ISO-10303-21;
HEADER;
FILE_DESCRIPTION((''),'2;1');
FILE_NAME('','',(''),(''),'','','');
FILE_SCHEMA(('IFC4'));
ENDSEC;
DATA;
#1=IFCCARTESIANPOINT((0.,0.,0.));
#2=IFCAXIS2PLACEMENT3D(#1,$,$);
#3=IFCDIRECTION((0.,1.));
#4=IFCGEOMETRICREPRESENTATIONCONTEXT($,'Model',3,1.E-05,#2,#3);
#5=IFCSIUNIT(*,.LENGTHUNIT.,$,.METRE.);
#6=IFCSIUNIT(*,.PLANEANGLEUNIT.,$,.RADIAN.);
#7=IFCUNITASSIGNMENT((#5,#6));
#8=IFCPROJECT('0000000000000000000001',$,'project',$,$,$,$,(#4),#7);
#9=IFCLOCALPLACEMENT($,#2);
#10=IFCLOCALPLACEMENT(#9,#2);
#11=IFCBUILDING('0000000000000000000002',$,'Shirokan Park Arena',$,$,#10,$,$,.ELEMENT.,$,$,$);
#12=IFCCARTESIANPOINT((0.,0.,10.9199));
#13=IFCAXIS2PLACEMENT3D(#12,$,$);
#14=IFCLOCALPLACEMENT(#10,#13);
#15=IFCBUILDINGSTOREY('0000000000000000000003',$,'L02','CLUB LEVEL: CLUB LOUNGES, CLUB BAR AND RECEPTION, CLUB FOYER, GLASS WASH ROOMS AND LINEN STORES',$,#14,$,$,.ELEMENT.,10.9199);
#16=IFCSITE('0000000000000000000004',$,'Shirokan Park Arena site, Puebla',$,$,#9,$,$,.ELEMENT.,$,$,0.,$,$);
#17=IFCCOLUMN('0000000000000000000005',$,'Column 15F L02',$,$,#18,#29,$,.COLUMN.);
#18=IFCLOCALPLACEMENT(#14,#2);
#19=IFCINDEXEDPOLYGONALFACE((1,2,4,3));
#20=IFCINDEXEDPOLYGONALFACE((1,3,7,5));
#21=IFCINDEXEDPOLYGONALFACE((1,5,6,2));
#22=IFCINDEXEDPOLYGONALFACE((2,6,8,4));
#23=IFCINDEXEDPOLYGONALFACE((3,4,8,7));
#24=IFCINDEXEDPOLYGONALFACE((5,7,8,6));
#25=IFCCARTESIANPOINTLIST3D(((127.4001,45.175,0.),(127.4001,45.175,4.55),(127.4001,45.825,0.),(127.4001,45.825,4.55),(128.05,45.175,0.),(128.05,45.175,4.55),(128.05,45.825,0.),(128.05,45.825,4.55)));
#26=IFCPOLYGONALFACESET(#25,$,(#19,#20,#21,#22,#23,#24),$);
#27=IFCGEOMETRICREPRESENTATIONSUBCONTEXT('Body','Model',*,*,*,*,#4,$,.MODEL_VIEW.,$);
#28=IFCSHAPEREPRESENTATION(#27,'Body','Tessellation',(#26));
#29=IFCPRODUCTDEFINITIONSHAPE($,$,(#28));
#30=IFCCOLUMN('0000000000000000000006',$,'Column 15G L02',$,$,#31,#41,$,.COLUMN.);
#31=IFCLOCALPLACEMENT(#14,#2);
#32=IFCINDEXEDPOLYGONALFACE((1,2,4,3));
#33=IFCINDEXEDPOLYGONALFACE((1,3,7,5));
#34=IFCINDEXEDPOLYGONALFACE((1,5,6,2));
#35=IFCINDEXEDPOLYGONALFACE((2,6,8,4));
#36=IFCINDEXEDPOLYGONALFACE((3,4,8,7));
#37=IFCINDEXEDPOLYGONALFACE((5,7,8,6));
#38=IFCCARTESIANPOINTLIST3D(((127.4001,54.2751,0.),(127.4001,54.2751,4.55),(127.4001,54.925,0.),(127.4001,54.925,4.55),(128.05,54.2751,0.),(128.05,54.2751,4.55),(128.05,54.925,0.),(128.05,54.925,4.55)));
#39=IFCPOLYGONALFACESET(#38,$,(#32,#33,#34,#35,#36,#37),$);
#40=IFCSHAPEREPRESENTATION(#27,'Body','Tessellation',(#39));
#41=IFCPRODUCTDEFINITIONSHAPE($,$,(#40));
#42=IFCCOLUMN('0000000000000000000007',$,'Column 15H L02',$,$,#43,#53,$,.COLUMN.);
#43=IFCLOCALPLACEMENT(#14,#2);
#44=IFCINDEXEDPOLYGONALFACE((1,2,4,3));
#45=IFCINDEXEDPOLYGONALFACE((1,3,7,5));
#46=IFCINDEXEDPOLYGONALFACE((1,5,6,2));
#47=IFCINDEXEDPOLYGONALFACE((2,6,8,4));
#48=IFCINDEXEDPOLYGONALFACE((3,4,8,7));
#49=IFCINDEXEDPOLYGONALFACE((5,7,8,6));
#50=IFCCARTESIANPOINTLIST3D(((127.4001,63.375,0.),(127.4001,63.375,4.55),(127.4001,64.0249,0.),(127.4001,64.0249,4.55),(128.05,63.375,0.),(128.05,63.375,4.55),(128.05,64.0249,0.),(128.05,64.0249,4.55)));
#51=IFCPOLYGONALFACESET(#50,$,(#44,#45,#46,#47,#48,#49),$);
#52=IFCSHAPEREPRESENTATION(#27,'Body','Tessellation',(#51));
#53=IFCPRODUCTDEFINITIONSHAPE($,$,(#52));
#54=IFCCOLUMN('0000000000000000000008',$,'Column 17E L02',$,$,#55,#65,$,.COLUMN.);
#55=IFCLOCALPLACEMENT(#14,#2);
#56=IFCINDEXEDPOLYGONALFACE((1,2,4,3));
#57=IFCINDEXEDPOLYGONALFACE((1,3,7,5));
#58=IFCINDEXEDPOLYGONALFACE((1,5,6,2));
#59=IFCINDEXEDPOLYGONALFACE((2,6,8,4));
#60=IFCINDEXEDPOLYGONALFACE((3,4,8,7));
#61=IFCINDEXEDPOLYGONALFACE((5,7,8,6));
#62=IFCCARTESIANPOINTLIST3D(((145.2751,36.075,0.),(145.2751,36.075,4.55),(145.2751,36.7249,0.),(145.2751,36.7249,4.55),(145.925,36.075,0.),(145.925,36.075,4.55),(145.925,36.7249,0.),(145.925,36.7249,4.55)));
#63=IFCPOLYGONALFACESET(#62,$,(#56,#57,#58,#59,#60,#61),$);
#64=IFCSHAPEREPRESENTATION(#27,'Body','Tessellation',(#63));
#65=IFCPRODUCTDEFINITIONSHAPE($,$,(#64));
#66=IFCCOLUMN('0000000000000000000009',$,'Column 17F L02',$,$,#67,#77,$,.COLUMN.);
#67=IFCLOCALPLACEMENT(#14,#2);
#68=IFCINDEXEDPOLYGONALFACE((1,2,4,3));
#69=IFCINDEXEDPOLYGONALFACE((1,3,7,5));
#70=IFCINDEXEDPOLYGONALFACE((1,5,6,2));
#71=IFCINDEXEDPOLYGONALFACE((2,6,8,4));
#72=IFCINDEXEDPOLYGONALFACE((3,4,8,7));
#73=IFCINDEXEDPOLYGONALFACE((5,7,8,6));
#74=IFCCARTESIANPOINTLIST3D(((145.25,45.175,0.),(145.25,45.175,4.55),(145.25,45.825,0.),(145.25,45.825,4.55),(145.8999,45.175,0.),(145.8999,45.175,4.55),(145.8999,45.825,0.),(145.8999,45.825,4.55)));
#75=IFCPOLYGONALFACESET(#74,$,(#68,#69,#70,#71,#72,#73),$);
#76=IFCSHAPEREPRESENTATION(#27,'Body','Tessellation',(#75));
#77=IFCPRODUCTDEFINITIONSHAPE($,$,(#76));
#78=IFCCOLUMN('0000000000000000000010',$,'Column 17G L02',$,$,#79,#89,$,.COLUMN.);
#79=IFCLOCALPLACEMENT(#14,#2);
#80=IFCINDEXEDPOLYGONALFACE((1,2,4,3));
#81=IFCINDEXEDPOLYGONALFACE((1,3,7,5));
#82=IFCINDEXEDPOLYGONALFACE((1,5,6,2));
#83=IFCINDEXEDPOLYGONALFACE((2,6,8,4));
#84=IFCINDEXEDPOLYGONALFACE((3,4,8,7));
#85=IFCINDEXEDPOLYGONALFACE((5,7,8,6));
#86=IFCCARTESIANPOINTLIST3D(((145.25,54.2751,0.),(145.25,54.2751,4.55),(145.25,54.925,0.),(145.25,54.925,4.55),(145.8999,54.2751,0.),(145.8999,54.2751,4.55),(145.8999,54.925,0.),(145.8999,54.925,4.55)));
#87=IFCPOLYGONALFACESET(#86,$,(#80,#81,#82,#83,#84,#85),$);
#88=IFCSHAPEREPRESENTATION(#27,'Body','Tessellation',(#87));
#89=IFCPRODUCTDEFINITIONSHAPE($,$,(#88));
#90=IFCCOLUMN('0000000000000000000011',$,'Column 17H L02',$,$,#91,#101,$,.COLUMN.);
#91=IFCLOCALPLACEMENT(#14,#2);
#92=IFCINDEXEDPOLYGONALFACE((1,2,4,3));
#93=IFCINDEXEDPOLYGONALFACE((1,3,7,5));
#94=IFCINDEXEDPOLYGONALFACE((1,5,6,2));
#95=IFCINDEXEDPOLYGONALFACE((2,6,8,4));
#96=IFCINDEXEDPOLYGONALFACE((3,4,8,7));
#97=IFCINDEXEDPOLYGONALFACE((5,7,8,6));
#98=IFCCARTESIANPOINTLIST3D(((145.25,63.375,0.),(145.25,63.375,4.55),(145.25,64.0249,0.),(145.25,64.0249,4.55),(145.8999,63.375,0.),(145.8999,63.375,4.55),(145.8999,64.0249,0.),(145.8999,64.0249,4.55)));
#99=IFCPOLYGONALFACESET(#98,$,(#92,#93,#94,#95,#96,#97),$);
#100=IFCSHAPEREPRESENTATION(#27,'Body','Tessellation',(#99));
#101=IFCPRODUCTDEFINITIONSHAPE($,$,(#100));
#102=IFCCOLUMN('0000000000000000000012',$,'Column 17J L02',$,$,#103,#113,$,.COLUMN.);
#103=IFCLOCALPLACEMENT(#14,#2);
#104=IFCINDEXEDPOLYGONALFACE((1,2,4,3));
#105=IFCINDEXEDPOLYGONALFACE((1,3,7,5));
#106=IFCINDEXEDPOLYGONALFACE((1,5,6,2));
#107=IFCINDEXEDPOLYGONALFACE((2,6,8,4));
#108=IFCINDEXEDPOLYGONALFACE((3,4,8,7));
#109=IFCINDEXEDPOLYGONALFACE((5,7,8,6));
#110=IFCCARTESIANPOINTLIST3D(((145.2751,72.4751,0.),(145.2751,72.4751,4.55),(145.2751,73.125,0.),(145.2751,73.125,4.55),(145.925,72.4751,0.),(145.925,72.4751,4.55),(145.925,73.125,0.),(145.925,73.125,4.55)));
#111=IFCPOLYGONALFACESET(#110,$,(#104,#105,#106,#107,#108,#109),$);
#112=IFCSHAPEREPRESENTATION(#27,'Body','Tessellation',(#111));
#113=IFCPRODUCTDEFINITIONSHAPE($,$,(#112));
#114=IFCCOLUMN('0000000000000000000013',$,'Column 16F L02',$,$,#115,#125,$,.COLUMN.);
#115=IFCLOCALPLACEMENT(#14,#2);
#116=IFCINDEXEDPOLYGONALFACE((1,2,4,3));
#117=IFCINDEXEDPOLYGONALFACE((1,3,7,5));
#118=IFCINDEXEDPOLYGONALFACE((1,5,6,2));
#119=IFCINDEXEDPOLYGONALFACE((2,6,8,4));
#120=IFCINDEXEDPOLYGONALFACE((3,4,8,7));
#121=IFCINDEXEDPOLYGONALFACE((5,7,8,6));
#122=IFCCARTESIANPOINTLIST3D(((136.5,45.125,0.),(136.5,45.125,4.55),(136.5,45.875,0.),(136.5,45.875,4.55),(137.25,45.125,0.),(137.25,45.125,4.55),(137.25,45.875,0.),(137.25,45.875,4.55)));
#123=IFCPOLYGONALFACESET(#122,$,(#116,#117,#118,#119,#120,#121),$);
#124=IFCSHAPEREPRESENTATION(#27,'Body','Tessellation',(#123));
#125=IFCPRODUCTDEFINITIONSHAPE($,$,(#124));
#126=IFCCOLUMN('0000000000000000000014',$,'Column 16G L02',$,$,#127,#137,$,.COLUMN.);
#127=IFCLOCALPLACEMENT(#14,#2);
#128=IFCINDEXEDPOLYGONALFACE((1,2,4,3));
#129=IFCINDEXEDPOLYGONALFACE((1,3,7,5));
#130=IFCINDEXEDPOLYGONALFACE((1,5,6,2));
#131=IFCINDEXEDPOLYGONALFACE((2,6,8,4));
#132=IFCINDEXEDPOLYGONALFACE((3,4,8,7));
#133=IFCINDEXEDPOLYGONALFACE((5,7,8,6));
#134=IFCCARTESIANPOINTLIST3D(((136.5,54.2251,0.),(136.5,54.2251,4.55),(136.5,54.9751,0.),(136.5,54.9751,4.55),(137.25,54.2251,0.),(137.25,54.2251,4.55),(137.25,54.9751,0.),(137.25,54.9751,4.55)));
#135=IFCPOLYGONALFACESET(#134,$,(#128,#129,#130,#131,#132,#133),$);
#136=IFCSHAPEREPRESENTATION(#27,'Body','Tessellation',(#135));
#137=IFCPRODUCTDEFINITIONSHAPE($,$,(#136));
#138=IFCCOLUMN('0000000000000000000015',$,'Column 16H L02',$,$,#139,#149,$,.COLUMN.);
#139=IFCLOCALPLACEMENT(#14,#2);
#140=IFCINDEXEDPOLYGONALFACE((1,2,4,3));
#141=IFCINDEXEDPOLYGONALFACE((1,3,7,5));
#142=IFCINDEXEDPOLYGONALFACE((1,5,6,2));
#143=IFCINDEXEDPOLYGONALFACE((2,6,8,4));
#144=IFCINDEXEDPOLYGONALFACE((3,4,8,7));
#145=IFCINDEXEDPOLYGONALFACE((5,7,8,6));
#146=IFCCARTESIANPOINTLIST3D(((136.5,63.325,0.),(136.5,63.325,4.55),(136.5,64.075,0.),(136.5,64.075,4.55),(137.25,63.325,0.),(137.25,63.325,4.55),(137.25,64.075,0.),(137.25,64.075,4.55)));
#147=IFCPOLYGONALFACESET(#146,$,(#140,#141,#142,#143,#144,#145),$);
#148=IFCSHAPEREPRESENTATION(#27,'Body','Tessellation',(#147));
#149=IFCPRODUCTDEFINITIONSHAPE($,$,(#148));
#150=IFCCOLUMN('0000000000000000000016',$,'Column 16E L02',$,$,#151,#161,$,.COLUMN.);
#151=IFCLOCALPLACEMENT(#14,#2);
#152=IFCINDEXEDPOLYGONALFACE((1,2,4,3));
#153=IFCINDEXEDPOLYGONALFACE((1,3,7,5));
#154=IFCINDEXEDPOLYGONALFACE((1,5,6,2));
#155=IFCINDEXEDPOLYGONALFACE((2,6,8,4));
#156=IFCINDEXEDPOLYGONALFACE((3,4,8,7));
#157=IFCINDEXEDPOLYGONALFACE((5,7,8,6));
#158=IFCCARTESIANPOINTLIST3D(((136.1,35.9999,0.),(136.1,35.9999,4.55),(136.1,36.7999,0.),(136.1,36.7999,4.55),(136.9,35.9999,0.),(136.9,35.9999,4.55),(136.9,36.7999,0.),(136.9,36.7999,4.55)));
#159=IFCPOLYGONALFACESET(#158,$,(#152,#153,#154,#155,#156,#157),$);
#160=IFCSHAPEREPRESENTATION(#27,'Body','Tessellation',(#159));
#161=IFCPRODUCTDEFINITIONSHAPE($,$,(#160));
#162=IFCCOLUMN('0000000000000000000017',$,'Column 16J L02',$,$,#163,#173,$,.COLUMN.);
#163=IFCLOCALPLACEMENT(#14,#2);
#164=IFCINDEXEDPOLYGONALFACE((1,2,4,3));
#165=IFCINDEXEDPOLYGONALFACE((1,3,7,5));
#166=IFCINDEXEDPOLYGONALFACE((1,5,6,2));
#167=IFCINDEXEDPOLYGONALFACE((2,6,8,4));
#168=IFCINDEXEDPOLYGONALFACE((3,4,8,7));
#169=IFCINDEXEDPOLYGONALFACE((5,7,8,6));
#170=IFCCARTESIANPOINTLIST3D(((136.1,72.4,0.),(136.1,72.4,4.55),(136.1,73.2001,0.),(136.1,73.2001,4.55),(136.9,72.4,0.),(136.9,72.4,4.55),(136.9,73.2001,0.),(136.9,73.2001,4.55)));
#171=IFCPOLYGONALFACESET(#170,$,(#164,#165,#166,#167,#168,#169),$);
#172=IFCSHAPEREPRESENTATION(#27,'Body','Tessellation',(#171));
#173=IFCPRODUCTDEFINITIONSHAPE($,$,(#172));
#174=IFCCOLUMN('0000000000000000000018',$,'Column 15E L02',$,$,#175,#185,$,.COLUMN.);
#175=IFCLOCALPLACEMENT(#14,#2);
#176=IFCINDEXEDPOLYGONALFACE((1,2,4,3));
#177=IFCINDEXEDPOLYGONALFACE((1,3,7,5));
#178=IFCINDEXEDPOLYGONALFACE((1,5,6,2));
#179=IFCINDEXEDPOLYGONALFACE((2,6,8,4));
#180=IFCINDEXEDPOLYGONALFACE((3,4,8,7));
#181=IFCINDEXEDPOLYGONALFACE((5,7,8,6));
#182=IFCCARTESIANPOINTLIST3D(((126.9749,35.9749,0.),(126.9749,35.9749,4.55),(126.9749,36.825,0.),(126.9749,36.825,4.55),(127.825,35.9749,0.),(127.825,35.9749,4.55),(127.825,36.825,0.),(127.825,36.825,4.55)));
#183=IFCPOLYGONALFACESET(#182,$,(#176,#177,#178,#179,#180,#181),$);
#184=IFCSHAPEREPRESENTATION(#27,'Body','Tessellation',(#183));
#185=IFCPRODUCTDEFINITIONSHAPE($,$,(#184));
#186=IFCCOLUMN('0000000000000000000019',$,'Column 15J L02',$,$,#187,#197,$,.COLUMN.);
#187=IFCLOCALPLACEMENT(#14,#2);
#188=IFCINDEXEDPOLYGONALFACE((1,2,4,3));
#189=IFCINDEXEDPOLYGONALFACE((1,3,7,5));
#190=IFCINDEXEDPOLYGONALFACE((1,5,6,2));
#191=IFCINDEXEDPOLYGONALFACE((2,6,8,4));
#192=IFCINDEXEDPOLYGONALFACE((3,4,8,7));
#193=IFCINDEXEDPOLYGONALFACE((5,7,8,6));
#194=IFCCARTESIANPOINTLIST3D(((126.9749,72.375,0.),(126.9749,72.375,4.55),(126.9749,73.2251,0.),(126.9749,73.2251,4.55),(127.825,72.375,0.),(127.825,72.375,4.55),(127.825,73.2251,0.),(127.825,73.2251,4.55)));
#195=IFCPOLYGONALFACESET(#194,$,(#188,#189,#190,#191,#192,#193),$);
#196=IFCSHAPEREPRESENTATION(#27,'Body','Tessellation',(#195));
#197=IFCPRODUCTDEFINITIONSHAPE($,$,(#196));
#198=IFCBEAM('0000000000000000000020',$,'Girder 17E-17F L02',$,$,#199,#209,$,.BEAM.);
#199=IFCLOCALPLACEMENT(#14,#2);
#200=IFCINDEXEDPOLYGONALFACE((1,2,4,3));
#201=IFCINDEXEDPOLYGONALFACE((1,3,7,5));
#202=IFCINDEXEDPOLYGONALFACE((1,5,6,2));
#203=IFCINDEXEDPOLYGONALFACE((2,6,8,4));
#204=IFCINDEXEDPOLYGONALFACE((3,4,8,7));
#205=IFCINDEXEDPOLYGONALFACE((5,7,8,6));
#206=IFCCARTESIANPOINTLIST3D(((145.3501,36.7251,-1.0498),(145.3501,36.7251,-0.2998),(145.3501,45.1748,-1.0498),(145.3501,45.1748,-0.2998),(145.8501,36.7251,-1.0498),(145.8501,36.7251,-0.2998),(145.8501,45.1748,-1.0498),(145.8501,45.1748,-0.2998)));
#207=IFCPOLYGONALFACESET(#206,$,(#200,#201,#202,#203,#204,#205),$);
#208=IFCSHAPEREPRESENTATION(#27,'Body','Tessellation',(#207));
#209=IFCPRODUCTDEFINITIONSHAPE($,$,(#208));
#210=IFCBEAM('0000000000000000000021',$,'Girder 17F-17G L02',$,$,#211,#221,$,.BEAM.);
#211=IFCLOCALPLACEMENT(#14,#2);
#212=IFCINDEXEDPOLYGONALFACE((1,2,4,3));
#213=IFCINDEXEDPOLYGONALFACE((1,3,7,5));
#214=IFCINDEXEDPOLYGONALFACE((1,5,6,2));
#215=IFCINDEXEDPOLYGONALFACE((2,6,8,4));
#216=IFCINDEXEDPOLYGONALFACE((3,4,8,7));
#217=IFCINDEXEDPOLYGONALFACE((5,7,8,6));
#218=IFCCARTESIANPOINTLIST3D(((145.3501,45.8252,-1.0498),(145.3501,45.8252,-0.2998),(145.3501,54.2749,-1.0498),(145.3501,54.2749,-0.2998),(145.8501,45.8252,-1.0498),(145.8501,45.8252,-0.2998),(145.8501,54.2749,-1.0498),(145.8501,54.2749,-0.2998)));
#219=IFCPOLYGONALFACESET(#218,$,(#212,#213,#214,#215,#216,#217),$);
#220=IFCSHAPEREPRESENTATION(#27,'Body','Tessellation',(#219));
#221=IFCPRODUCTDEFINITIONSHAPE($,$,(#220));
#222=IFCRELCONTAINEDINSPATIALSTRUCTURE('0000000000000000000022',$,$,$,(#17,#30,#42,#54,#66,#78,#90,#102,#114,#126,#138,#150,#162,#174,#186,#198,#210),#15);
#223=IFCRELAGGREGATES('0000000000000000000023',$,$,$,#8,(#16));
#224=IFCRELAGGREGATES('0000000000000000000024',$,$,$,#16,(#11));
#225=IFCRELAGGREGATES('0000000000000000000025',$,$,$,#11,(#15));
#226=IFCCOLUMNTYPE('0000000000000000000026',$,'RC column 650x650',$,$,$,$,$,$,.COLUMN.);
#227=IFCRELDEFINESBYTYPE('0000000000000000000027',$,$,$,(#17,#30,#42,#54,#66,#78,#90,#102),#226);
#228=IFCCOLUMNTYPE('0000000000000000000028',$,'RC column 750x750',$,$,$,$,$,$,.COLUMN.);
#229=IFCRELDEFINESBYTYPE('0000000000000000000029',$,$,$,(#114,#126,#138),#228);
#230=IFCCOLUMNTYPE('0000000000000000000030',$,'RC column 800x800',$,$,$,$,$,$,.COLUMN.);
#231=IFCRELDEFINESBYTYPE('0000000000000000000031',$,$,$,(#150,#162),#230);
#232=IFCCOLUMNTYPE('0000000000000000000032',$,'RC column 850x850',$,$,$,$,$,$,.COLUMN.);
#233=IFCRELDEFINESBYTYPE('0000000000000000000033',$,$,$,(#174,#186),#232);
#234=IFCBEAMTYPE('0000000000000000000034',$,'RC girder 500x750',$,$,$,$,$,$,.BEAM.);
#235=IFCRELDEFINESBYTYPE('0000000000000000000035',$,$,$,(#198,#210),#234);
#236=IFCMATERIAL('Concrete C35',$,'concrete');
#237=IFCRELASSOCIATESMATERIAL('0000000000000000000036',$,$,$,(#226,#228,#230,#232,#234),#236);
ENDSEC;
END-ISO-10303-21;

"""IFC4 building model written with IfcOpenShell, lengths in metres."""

from ifc_helpers import new_model, si_unit, direction, frame, origin, origin_2d, place, context, subcontext, project, spatial, rectangle, extrude, material, material_profile, profile_set, type_object, element, save


model = new_model("IFC4")

# Units and contexts
model_context = context("Model", 3, precision=1e-05, world=origin(), true_north=direction((0.0, 1.0)))
body_context = subcontext(model_context, "Body", "Model", "MODEL_VIEW")
ifc_project = project(units=[si_unit("LENGTHUNIT", "METRE"), si_unit("PLANEANGLEUNIT", "RADIAN")], contexts=[model_context])

# Site, building, storey
site_placement = place(None, origin())
site = spatial("IfcSite", under=ifc_project, at=site_placement, Name="Shirokan Park Arena site, Puebla", CompositionType="ELEMENT", RefElevation=0.0)
building_placement = place(site_placement, origin())
building = spatial("IfcBuilding", under=site, at=building_placement, Name="Shirokan Park Arena", CompositionType="ELEMENT")
storey_placement = place(building_placement, frame((0.0, 0.0, 10.9199)))
storey = spatial("IfcBuildingStorey", under=building, at=storey_placement, Name="L02", Description="CLUB LEVEL: CLUB LOUNGES, CLUB BAR AND RECEPTION, CLUB FOYER, GLASS WASH ROOMS AND LINEN STORES", CompositionType="ELEMENT", Elevation=10.9199)

# Columns
ifc_material_1 = material(Name="Concrete C35", Category="concrete")
ifc_material_profile_1 = material_profile(ifc_material_1, rectangle(XDim=0.6499, YDim=0.6499, at=origin_2d()), Name="650x650")
ifc_profile_set_1 = profile_set([ifc_material_profile_1], Name="Concrete C35")
column_type_1 = type_object("IfcColumnType", Name="RC column 650x650", PredefinedType="COLUMN", material=ifc_profile_set_1)
for number, where, z_axis, x_axis, name in (
    (1, (127.7251, 45.5, 0.0), (0.0, 0.0, 1.0), (1.0, 0.0, 0.0), "Column 15F L02"),
    (2, (127.7251, 54.6001, 0.0), (0.0, 0.0, 1.0), (1.0, 0.0, 0.0), "Column 15G L02"),
    (3, (127.7251, 63.7, 0.0), (0.0, 0.0, 1.0), (1.0, 0.0, 0.0), "Column 15H L02"),
    (4, (145.6001, 36.3999, 0.0), (0.0, 0.0, 1.0), (1.0, 0.0, 0.0), "Column 17E L02"),
    (5, (145.575, 45.5, 0.0), (0.0, 0.0, 1.0), (1.0, 0.0, 0.0), "Column 17F L02"),
    (6, (145.575, 54.6001, 0.0), (0.0, 0.0, 1.0), (1.0, 0.0, 0.0), "Column 17G L02"),
    (7, (145.575, 63.7, 0.0), (0.0, 0.0, 1.0), (1.0, 0.0, 0.0), "Column 17H L02"),
    (8, (145.6001, 72.8, 0.0), (0.0, 0.0, 1.0), (1.0, 0.0, 0.0), "Column 17J L02"),
):
    element("IfcColumn", number, at=place(storey_placement, frame(where, z_axis=z_axis, x_axis=x_axis)), inside=storey, type_object=column_type_1, Name=name, PredefinedType="COLUMN", context=body_context, shape_type="SweptSolid", body=[
        extrude(rectangle(XDim=0.6499, YDim=0.6499, at=origin_2d()), origin(), (0.0, 0.0, 1.0), 4.55),
    ])
ifc_material_profile_2 = material_profile(ifc_material_1, rectangle(XDim=0.75, YDim=0.75, at=origin_2d()), Name="750x750")
ifc_profile_set_2 = profile_set([ifc_material_profile_2], Name="Concrete C35")
column_type_2 = type_object("IfcColumnType", Name="RC column 750x750", PredefinedType="COLUMN", material=ifc_profile_set_2)
for number, where, z_axis, x_axis, name in (
    (9, (136.875, 45.5, 0.0), (0.0, 0.0, 1.0), (1.0, 0.0, 0.0), "Column 16F L02"),
    (10, (136.875, 54.6001, 0.0), (0.0, 0.0, 1.0), (1.0, 0.0, 0.0), "Column 16G L02"),
    (11, (136.875, 63.7, 0.0), (0.0, 0.0, 1.0), (1.0, 0.0, 0.0), "Column 16H L02"),
):
    element("IfcColumn", number, at=place(storey_placement, frame(where, z_axis=z_axis, x_axis=x_axis)), inside=storey, type_object=column_type_2, Name=name, PredefinedType="COLUMN", context=body_context, shape_type="SweptSolid", body=[
        extrude(rectangle(XDim=0.75, YDim=0.75, at=origin_2d()), origin(), (0.0, 0.0, 1.0), 4.55),
    ])
ifc_material_profile_3 = material_profile(ifc_material_1, rectangle(XDim=0.8, YDim=0.8, at=origin_2d()), Name="800x800")
ifc_profile_set_3 = profile_set([ifc_material_profile_3], Name="Concrete C35")
column_type_3 = type_object("IfcColumnType", Name="RC column 800x800", PredefinedType="COLUMN", material=ifc_profile_set_3)
for number, where, z_axis, x_axis, name in (
    (12, (136.5, 36.3999, 0.0), (0.0, 0.0, 1.0), (1.0, 0.0, 0.0), "Column 16E L02"),
    (13, (136.5, 72.8, 0.0), (0.0, 0.0, 1.0), (1.0, 0.0, 0.0), "Column 16J L02"),
):
    element("IfcColumn", number, at=place(storey_placement, frame(where, z_axis=z_axis, x_axis=x_axis)), inside=storey, type_object=column_type_3, Name=name, PredefinedType="COLUMN", context=body_context, shape_type="SweptSolid", body=[
        extrude(rectangle(XDim=0.8, YDim=0.8, at=origin_2d()), origin(), (0.0, 0.0, 1.0), 4.55),
    ])
ifc_material_profile_4 = material_profile(ifc_material_1, rectangle(XDim=0.8501, YDim=0.8501, at=origin_2d()), Name="850x850")
ifc_profile_set_4 = profile_set([ifc_material_profile_4], Name="Concrete C35")
column_type_4 = type_object("IfcColumnType", Name="RC column 850x850", PredefinedType="COLUMN", material=ifc_profile_set_4)
for number, where, z_axis, x_axis, name in (
    (14, (127.3999, 36.3999, 0.0), (0.0, 0.0, 1.0), (1.0, 0.0, 0.0), "Column 15E L02"),
    (15, (127.3999, 72.8, 0.0), (0.0, 0.0, 1.0), (1.0, 0.0, 0.0), "Column 15J L02"),
):
    element("IfcColumn", number, at=place(storey_placement, frame(where, z_axis=z_axis, x_axis=x_axis)), inside=storey, type_object=column_type_4, Name=name, PredefinedType="COLUMN", context=body_context, shape_type="SweptSolid", body=[
        extrude(rectangle(XDim=0.8501, YDim=0.8501, at=origin_2d()), origin(), (0.0, 0.0, 1.0), 4.55),
    ])

# Beams
ifc_material_profile_5 = material_profile(ifc_material_1, rectangle(XDim=0.5, YDim=0.75, at=origin_2d()), Name="500x750")
ifc_profile_set_5 = profile_set([ifc_material_profile_5], Name="Concrete C35")
beam_type = type_object("IfcBeamType", Name="RC girder 500x750", PredefinedType="BEAM", material=ifc_profile_set_5)
for number, where, z_axis, x_axis, name in (
    (16, (145.6001, 36.7251, -0.6748), (0.0, 1.0, 0.0), (-1.0, 0.0, 0.0), "Girder 17E-17F L02"),
    (17, (145.6001, 45.8252, -0.6748), (0.0, 1.0, 0.0), (-1.0, 0.0, 0.0), "Girder 17F-17G L02"),
):
    element("IfcBeam", number, at=place(storey_placement, frame(where, z_axis=z_axis, x_axis=x_axis)), inside=storey, type_object=beam_type, Name=name, PredefinedType="BEAM", context=body_context, shape_type="SweptSolid", body=[
        extrude(rectangle(XDim=0.5, YDim=0.75, at=origin_2d()), origin(), (0.0, 0.0, 1.0), 8.4497),
    ])

save(model, "model.ifc")
